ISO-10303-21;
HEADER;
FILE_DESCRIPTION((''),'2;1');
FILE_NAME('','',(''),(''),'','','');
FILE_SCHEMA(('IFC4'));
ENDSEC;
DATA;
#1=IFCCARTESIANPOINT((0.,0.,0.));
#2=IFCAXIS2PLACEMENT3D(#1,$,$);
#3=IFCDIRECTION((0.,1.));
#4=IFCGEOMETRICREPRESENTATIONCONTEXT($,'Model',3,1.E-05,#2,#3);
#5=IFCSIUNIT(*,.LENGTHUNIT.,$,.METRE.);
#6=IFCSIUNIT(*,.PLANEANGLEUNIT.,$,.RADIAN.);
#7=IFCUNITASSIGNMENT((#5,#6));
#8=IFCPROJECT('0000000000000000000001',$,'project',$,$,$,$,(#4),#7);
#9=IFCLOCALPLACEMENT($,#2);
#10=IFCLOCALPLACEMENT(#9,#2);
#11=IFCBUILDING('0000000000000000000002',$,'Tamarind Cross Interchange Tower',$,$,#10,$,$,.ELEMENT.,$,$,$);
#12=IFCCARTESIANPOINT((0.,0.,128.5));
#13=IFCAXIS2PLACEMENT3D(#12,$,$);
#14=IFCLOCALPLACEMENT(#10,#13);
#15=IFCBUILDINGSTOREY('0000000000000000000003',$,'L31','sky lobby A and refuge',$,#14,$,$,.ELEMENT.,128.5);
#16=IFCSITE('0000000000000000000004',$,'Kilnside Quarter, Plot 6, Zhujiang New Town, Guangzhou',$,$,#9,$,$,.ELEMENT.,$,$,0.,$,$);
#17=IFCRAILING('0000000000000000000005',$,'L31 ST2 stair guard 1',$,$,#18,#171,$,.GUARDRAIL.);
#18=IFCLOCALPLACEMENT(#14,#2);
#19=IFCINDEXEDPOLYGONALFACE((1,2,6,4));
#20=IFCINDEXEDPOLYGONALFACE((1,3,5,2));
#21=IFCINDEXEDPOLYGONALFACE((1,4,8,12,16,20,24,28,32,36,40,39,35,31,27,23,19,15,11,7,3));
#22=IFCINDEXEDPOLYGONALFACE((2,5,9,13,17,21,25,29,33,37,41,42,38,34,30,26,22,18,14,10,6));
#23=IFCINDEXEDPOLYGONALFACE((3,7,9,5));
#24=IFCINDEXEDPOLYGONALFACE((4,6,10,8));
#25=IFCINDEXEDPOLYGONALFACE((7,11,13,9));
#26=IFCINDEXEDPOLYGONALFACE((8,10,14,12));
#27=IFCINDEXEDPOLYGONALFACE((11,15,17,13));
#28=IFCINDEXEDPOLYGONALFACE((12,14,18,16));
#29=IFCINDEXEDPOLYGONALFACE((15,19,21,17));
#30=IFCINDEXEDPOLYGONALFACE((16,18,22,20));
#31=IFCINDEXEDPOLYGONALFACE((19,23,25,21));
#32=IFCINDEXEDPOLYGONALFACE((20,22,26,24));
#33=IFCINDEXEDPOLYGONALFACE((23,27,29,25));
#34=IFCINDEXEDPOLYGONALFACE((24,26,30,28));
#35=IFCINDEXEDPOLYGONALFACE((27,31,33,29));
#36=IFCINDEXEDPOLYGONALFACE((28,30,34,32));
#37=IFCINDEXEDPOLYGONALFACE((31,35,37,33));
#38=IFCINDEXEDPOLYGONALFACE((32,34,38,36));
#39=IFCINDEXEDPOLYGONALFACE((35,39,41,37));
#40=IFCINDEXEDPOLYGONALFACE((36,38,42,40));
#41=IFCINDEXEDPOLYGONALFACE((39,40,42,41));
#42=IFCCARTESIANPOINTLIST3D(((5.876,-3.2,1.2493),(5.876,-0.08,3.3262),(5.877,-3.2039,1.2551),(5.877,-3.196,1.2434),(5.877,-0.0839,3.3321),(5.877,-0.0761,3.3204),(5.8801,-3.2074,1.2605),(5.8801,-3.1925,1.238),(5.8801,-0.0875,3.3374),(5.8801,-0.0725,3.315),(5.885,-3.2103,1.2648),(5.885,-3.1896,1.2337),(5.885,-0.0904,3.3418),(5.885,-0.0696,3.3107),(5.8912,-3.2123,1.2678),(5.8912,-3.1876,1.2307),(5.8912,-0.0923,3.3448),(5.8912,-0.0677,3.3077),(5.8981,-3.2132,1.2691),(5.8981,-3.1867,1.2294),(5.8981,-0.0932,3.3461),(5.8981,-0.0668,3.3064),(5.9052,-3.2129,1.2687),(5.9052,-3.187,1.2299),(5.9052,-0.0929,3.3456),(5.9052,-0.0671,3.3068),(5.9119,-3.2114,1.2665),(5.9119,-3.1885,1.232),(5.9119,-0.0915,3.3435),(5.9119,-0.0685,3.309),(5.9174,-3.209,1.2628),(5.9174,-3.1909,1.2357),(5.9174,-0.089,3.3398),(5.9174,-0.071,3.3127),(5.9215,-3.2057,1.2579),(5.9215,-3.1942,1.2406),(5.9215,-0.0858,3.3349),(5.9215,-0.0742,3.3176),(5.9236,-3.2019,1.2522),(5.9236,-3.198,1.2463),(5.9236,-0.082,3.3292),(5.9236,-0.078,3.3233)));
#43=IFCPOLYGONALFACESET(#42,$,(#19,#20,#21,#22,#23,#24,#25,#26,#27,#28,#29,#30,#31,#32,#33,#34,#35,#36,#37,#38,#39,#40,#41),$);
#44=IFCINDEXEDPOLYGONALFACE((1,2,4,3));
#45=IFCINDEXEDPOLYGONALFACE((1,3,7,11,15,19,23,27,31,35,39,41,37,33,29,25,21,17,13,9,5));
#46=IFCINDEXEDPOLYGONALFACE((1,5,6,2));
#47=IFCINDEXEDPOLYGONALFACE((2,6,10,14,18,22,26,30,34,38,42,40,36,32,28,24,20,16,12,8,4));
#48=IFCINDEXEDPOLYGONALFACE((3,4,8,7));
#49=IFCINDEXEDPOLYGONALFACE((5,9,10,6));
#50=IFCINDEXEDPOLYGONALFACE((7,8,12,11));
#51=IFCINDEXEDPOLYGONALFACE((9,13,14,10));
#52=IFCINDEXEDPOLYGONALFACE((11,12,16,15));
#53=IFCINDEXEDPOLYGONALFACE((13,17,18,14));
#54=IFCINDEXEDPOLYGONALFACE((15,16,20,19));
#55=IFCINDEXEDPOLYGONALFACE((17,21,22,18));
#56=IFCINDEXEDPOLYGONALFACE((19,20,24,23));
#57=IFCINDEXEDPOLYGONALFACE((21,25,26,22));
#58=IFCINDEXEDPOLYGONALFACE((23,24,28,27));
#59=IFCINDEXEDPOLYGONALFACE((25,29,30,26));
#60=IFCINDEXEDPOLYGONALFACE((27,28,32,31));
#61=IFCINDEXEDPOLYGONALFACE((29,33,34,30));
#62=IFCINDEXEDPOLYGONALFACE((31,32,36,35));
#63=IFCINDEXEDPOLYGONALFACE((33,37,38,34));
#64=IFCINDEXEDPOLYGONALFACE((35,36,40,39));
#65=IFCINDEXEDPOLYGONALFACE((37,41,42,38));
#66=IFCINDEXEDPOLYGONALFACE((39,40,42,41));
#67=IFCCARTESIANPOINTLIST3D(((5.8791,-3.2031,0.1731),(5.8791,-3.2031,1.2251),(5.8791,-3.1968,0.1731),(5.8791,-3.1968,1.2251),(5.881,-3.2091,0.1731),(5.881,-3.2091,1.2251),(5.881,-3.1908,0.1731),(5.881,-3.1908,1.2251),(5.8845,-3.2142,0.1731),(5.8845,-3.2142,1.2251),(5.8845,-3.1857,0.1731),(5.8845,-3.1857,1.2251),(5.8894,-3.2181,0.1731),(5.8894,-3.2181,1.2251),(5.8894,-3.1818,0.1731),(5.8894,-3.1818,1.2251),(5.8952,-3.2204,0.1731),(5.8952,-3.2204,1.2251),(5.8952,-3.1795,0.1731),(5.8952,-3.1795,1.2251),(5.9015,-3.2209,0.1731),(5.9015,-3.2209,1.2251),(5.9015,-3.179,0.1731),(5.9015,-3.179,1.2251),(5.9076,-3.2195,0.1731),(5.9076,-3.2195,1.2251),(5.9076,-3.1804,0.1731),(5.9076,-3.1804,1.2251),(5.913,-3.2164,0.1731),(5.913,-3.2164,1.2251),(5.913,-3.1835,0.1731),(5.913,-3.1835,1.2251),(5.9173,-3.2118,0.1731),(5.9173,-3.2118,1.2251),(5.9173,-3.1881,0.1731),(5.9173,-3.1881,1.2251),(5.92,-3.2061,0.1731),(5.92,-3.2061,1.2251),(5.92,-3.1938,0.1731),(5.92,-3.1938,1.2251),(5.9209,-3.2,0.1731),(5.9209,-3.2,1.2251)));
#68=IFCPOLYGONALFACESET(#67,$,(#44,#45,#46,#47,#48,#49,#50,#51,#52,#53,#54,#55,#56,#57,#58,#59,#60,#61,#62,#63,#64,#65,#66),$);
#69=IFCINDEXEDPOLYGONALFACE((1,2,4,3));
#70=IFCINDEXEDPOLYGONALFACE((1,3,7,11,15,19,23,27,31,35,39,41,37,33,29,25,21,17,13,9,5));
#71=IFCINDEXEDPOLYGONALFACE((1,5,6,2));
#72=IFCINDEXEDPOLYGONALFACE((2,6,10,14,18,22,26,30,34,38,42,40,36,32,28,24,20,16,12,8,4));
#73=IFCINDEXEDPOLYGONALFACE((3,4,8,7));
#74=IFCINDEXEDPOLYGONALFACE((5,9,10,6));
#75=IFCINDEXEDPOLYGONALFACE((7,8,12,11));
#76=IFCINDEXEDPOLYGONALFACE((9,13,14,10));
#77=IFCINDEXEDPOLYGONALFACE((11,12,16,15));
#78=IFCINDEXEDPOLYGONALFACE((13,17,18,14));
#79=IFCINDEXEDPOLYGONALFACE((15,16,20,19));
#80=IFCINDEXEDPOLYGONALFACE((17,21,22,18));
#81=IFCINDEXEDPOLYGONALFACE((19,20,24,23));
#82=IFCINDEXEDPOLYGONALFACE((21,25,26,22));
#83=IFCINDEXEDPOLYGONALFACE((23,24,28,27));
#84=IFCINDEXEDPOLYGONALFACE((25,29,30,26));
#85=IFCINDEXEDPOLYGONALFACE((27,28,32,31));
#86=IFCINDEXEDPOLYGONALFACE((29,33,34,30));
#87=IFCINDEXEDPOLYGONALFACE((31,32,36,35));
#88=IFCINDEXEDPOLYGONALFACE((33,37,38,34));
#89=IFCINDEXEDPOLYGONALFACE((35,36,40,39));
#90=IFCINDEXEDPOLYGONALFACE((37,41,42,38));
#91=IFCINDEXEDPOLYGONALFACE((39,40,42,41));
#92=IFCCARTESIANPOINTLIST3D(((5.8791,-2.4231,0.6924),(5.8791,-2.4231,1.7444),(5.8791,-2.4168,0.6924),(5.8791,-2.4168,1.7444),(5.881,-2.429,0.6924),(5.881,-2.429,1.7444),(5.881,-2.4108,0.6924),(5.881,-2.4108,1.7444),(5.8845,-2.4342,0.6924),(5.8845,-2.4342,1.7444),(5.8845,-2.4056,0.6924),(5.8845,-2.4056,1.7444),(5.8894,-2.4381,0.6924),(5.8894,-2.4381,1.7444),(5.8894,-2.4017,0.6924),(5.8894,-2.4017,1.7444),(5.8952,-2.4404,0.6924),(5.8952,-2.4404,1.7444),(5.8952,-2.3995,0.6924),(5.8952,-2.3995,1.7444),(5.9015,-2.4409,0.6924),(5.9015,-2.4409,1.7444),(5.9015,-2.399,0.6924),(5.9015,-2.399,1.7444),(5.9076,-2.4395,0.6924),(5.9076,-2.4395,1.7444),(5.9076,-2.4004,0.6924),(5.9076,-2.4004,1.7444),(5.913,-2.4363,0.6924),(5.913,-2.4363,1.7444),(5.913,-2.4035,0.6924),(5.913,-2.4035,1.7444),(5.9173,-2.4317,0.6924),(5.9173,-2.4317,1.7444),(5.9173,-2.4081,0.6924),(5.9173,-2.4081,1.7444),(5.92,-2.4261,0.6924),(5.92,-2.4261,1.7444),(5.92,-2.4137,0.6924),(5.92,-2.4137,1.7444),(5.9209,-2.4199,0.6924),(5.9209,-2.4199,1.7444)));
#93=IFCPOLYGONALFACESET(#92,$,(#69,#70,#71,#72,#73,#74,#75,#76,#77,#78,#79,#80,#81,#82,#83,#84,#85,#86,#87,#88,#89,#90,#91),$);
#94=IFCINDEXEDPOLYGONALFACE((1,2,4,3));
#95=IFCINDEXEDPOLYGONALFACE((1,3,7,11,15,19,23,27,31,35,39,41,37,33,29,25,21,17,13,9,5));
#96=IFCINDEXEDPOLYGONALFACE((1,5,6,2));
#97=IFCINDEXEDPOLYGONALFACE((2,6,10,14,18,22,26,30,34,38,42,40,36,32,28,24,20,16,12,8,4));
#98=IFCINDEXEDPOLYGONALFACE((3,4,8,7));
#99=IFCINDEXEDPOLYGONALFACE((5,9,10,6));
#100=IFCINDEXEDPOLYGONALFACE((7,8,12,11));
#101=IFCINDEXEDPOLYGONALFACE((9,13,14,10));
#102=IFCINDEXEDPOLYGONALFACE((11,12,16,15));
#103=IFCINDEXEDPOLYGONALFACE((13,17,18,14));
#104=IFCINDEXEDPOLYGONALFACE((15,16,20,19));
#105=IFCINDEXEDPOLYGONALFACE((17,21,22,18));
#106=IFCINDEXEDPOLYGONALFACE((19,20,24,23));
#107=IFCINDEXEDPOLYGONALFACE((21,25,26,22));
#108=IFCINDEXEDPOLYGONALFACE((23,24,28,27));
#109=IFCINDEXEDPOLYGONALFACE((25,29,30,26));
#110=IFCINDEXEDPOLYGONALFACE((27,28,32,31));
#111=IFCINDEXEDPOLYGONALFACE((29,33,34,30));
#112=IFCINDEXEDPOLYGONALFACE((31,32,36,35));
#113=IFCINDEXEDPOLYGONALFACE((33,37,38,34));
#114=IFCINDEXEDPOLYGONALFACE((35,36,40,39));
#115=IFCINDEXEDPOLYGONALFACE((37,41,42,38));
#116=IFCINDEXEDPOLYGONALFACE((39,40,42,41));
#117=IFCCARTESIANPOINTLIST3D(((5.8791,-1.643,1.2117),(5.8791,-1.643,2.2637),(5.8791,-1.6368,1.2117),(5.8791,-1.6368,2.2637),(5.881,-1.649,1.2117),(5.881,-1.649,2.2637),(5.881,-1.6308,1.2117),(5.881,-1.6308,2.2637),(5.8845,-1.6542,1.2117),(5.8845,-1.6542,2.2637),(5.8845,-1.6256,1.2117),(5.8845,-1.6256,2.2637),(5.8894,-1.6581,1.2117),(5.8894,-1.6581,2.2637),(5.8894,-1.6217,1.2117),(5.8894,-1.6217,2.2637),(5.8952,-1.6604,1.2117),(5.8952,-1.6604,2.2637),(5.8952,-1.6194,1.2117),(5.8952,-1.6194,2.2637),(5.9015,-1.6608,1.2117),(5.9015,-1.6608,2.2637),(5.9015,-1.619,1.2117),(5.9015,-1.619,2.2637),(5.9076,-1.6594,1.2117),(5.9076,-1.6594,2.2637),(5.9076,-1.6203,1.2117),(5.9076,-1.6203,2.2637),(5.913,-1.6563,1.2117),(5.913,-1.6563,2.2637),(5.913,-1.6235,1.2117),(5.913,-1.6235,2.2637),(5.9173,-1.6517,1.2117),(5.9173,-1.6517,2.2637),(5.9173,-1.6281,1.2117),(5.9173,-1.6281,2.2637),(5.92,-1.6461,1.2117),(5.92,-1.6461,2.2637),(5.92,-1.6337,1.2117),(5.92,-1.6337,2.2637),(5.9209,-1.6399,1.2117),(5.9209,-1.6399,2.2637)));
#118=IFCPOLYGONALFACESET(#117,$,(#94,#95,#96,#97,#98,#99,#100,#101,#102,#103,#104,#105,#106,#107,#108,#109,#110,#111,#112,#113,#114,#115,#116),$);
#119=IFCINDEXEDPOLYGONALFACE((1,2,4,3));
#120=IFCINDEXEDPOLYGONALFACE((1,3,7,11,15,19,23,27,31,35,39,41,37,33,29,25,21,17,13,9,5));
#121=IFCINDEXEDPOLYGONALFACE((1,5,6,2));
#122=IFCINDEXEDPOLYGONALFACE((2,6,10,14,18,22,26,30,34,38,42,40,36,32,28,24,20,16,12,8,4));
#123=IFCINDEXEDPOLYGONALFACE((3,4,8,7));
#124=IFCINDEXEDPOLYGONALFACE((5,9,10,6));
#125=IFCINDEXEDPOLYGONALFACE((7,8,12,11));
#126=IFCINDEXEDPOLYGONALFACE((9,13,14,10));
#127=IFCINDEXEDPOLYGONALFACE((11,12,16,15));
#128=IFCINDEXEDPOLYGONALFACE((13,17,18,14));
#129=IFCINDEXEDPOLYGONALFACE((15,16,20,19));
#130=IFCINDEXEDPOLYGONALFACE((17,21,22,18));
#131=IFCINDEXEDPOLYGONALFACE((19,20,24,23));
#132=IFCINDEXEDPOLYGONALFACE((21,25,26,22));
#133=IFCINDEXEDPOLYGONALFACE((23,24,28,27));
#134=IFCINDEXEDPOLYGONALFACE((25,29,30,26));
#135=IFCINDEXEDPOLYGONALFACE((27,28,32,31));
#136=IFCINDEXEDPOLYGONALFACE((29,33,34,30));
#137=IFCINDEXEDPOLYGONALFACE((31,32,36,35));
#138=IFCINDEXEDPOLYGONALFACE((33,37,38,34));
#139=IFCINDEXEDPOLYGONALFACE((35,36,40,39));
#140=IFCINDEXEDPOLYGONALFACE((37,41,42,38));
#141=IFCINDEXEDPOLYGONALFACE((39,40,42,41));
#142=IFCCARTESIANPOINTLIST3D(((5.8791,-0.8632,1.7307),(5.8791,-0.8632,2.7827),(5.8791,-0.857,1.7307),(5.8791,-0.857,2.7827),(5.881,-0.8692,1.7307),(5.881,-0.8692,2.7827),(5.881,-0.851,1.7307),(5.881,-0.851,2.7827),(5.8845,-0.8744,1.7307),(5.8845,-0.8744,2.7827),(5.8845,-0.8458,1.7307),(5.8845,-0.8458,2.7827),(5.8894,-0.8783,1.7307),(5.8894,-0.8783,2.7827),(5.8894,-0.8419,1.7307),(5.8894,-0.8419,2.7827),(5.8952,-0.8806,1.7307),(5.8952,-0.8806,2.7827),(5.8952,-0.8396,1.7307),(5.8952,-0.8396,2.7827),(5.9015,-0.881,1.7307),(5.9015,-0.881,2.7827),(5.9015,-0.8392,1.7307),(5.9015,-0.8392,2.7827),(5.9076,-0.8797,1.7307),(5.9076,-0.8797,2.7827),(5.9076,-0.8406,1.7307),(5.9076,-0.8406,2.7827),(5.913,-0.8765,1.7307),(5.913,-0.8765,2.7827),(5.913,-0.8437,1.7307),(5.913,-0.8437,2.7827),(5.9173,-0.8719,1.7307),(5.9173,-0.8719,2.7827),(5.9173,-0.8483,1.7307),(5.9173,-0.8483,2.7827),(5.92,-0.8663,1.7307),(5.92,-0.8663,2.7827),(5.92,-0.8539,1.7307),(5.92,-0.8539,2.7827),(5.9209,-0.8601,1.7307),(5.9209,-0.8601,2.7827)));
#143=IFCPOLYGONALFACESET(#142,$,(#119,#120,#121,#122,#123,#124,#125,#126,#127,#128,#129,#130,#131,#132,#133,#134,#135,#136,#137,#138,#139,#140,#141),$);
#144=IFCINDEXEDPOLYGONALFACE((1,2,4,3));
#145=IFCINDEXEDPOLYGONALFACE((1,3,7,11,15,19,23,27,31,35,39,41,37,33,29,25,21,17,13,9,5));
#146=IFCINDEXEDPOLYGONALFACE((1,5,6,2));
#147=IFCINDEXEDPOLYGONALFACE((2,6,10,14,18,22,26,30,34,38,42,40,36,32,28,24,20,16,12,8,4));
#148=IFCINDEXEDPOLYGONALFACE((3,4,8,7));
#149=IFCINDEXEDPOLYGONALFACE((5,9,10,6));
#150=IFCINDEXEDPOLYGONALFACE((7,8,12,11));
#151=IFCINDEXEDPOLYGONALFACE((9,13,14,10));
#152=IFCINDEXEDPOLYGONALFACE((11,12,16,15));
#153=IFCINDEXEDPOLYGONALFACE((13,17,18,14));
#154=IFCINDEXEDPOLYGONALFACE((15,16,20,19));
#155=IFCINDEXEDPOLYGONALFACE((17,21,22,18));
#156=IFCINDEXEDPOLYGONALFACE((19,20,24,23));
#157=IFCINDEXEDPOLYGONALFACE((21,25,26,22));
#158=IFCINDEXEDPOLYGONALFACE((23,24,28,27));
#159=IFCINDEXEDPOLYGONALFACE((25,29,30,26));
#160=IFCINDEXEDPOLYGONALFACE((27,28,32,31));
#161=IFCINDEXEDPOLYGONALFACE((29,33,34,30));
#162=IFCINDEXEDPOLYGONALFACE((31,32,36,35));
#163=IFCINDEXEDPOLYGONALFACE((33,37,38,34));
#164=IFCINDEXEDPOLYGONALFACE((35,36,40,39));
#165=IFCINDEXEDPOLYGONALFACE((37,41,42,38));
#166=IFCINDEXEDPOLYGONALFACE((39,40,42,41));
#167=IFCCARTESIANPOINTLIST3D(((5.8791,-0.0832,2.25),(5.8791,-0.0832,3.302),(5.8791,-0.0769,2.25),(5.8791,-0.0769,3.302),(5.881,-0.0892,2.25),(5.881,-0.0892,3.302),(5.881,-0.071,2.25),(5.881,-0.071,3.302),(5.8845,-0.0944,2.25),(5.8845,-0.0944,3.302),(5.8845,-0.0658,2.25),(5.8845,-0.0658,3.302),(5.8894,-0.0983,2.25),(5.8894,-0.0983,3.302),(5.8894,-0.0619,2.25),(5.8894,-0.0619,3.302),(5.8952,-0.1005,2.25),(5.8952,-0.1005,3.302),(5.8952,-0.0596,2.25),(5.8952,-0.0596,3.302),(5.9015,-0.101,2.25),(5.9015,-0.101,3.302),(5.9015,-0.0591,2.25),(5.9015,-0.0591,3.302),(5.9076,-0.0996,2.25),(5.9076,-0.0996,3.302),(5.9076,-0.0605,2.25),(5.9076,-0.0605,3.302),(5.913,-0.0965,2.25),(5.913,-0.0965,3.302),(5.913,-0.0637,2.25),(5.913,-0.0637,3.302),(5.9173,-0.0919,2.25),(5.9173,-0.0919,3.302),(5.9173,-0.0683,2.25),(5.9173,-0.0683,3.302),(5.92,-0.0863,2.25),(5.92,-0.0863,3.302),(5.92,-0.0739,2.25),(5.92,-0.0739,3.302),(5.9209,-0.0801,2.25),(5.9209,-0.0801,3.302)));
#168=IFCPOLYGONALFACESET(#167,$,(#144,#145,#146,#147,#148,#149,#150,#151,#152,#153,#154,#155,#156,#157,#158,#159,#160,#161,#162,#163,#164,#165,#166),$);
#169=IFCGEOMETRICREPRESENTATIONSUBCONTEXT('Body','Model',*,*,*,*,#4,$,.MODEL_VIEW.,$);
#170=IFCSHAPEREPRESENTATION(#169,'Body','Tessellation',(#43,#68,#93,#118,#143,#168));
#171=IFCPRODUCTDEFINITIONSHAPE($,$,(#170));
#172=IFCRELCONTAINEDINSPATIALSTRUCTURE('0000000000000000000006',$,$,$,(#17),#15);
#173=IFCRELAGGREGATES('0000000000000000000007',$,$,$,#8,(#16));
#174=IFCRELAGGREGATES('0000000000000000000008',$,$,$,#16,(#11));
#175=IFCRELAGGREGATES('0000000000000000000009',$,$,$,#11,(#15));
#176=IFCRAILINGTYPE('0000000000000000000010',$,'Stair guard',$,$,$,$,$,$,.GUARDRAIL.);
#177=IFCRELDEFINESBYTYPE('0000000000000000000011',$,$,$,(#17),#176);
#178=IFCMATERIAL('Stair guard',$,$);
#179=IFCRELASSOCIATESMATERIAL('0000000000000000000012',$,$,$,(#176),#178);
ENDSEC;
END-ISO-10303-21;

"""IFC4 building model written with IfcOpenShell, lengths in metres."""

from ifc_helpers import new_model, si_unit, direction, frame, origin, origin_2d, place, context, subcontext, project, spatial, circle, extrude, material, type_object, element, save


model = new_model("IFC4")

# Units and contexts
model_context = context("Model", 3, precision=1e-05, world=origin(), true_north=direction((0.0, 1.0)))
body_context = subcontext(model_context, "Body", "Model", "MODEL_VIEW")
ifc_project = project(units=[si_unit("LENGTHUNIT", "METRE"), si_unit("PLANEANGLEUNIT", "RADIAN")], contexts=[model_context])

# Site, building, storey
site_placement = place(None, origin())
site = spatial("IfcSite", under=ifc_project, at=site_placement, Name="Kilnside Quarter, Plot 6, Zhujiang New Town, Guangzhou", CompositionType="ELEMENT", RefElevation=0.0)
building_placement = place(site_placement, origin())
building = spatial("IfcBuilding", under=site, at=building_placement, Name="Tamarind Cross Interchange Tower", CompositionType="ELEMENT")
storey_placement = place(building_placement, frame((0.0, 0.0, 128.5)))
storey = spatial("IfcBuildingStorey", under=building, at=storey_placement, Name="L31", Description="sky lobby A and refuge", CompositionType="ELEMENT", Elevation=128.5)

# Railing
ifc_material_1 = material(Name="Stair guard")
railing_type_1 = type_object("IfcRailingType", Name="Stair guard", PredefinedType="GUARDRAIL", material=ifc_material_1)
railing_1_placement = place(storey_placement, frame((5.8999, -3.2, 0.1731)))
element("IfcRailing", 1, at=railing_1_placement, inside=storey, type_object=railing_type_1, Name="L31 ST2 stair guard 1", PredefinedType="GUARDRAIL", context=body_context, shape_type="SweptSolid", body=[
    extrude(circle(Radius=0.0239, at=origin_2d()), frame((0.0, 0.0, 1.0762), z_axis=(0.0, 0.832421, 0.554144), x_axis=(-1.0, 0.0, 0.0)), (0.0, 0.0, 1.0), 3.748),
    extrude(circle(Radius=0.021, at=origin_2d()), origin(), (0.0, 0.0, 1.0), 1.052),
    extrude(circle(Radius=0.021, at=origin_2d()), frame((0.0, 0.78, 0.5193)), (0.0, 0.0, 1.0), 1.052),
    extrude(circle(Radius=0.021, at=origin_2d()), frame((0.0, 1.5601, 1.0386)), (0.0, 0.0, 1.0), 1.052),
    extrude(circle(Radius=0.021, at=origin_2d()), frame((0.0, 2.3398, 1.5576)), (0.0, 0.0, 1.0), 1.052),
    extrude(circle(Radius=0.021, at=origin_2d()), frame((0.0, 3.1199, 2.0769)), (0.0, 0.0, 1.0), 1.052),
])

save(model, "model.ifc")
